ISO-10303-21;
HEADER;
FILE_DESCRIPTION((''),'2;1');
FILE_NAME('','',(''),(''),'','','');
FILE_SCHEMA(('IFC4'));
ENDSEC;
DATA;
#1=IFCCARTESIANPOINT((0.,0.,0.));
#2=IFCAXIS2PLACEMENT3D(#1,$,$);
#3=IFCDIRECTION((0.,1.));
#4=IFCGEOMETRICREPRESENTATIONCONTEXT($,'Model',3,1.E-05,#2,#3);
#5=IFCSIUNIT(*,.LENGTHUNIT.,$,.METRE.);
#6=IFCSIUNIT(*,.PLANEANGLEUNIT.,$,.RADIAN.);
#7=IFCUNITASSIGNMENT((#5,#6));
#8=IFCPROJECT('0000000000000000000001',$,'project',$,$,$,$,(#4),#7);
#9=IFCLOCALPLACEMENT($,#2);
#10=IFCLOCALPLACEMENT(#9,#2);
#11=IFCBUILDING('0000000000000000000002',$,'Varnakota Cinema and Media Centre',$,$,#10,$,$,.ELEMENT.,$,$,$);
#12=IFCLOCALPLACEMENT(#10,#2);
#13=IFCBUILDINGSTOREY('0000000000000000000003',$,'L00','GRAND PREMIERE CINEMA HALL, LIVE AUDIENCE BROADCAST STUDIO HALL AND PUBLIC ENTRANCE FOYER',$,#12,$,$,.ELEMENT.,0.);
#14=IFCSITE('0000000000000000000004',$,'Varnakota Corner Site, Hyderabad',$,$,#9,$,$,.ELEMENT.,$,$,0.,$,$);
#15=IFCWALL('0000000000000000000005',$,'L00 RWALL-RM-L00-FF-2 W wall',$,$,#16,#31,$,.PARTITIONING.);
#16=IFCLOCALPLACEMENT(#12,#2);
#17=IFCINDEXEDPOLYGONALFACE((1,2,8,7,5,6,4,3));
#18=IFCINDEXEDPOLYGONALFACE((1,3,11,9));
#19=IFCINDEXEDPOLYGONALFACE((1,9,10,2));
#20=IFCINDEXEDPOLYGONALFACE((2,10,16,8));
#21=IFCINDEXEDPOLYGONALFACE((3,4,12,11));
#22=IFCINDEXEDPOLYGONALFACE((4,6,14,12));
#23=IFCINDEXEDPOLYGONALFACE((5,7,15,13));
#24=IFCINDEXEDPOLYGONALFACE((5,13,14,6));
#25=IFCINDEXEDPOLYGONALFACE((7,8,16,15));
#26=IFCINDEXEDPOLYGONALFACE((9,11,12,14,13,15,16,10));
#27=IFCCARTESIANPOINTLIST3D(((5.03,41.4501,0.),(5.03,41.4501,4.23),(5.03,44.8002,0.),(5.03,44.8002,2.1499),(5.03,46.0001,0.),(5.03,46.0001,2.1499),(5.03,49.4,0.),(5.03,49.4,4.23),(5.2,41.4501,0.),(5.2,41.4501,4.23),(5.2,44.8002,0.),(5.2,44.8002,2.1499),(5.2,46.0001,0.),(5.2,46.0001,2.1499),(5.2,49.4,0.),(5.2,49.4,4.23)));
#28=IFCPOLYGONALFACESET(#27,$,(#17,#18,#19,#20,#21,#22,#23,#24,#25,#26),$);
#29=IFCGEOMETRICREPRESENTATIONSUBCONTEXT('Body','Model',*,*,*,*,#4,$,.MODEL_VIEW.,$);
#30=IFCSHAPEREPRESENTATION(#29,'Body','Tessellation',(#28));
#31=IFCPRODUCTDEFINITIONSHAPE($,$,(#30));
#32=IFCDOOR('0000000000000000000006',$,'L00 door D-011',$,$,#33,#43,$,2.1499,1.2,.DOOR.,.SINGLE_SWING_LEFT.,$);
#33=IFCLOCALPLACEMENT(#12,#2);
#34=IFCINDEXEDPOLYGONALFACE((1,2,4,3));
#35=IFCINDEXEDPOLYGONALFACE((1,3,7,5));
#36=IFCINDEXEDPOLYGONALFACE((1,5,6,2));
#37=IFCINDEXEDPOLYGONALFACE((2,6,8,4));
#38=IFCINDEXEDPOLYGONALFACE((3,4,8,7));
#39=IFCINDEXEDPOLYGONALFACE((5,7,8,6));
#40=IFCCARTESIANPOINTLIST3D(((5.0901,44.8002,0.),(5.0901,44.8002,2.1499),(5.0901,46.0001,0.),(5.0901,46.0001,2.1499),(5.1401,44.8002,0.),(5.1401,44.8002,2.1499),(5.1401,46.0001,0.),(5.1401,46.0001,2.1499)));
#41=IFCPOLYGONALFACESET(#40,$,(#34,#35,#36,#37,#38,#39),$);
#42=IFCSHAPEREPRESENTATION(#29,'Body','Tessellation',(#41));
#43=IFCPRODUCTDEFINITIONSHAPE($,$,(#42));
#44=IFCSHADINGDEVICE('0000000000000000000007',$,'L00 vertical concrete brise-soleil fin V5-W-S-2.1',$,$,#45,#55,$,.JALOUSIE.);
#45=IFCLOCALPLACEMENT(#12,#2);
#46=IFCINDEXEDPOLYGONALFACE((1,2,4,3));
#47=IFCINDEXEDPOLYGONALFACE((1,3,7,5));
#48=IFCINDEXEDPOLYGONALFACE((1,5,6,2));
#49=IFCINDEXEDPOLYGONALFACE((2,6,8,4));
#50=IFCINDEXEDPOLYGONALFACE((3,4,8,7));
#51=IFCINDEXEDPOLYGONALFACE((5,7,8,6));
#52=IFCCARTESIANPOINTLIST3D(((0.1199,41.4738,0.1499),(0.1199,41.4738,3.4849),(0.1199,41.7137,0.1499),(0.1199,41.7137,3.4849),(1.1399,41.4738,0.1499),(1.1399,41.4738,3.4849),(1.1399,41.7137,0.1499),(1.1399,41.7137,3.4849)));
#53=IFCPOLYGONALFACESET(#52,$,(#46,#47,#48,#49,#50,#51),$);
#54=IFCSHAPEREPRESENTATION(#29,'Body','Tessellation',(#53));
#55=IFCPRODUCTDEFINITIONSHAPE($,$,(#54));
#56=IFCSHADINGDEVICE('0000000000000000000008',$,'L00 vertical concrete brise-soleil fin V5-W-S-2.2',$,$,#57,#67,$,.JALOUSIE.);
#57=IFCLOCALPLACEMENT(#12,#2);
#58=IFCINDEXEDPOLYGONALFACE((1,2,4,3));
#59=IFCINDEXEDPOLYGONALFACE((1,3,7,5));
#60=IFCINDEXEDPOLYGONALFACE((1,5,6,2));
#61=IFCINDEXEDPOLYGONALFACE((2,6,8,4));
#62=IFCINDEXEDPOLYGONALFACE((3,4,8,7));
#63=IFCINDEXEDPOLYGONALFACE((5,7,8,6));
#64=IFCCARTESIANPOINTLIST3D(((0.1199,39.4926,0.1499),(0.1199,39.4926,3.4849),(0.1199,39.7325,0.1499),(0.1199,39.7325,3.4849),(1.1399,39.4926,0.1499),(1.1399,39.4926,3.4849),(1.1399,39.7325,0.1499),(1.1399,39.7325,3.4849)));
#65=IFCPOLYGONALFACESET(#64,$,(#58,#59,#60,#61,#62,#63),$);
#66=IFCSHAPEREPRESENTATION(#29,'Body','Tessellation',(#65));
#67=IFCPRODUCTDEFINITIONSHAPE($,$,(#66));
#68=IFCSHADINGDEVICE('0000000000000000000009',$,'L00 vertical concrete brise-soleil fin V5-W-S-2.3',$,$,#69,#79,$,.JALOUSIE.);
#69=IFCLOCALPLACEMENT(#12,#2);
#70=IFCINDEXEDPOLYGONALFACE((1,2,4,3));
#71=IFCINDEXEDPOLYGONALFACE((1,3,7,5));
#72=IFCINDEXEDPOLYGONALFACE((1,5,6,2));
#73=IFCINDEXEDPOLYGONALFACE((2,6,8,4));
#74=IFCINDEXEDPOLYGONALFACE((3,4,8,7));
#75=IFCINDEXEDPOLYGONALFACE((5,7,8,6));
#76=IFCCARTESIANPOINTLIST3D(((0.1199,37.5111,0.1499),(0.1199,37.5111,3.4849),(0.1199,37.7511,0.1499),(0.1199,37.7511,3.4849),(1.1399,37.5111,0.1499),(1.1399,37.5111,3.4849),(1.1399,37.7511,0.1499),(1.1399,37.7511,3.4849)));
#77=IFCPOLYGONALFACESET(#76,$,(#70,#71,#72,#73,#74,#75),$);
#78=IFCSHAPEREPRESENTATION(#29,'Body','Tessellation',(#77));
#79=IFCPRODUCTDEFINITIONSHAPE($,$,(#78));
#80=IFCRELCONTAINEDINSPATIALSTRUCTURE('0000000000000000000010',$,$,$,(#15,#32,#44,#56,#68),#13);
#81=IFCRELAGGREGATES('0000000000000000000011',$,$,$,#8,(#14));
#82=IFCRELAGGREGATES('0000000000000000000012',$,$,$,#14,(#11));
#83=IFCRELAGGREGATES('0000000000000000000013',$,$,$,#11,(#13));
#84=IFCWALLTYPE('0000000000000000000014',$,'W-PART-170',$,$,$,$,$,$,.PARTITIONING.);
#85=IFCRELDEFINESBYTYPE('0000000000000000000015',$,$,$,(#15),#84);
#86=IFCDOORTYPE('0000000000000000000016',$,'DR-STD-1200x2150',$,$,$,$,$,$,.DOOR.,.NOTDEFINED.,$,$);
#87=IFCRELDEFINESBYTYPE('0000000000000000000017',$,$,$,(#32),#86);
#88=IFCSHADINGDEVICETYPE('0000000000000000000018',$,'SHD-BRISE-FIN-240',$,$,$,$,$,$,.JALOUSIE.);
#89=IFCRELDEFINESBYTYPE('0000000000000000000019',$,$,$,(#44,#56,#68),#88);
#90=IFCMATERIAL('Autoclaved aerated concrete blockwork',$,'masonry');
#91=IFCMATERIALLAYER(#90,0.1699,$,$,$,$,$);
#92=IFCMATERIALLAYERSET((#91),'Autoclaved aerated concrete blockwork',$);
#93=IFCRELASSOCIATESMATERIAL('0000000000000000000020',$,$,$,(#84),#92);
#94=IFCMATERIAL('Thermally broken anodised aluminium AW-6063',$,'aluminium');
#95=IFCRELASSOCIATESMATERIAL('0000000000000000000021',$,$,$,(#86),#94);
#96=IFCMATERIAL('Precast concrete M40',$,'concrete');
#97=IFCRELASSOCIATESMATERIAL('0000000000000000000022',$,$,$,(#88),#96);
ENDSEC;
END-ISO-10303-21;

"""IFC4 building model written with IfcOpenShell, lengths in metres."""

from ifc_helpers import new_model, si_unit, direction, frame, frame_2d, origin, origin_2d, place, context, subcontext, project, spatial, rectangle, extrude, material, layer, layer_set, type_object, element, fill, save


model = new_model("IFC4")

# Units and contexts
model_context = context("Model", 3, precision=1e-05, world=origin(), true_north=direction((0.0, 1.0)))
body_context = subcontext(model_context, "Body", "Model", "MODEL_VIEW")
ifc_project = project(units=[si_unit("LENGTHUNIT", "METRE"), si_unit("PLANEANGLEUNIT", "RADIAN")], contexts=[model_context])

# Site, building, storey
site_placement = place(None, origin())
site = spatial("IfcSite", under=ifc_project, at=site_placement, Name="Varnakota Corner Site, Hyderabad", CompositionType="ELEMENT", RefElevation=0.0)
building_placement = place(site_placement, origin())
building = spatial("IfcBuilding", under=site, at=building_placement, Name="Varnakota Cinema and Media Centre", CompositionType="ELEMENT")
storey_placement = place(building_placement, origin())
storey = spatial("IfcBuildingStorey", under=building, at=storey_placement, Name="L00", Description="GRAND PREMIERE CINEMA HALL, LIVE AUDIENCE BROADCAST STUDIO HALL AND PUBLIC ENTRANCE FOYER", CompositionType="ELEMENT", Elevation=0.0)

# Wall, opening, door
ifc_material_1 = material(Name="Autoclaved aerated concrete blockwork", Category="masonry")
ifc_layer_1 = layer(ifc_material_1, 0.1699)
ifc_layer_set_1 = layer_set([ifc_layer_1], Name="Autoclaved aerated concrete blockwork")
wall_type_1 = type_object("IfcWallType", Name="W-PART-170", PredefinedType="PARTITIONING", material=ifc_layer_set_1)
wall_1_placement = place(storey_placement, frame((5.115, 41.45, 0.0), z_axis=(0.0, 0.0, 1.0), x_axis=(0.0, 1.0, 0.0)))
wall_1 = element("IfcWall", 1, at=wall_1_placement, inside=storey, type_object=wall_type_1, Name="L00 RWALL-RM-L00-FF-2 W wall", PredefinedType="PARTITIONING", context=body_context, shape_type="SweptSolid", body=[
    extrude(rectangle(XDim=7.95, YDim=0.1699, at=frame_2d((3.9751, 0.0))), origin(), (0.0, 0.0, 1.0), 4.23),
])
opening_1_placement = place(wall_1_placement, frame((3.3501, 0.0, 0.0)))
opening_1 = element("IfcOpeningElement", 2, at=opening_1_placement, cuts=wall_1, PredefinedType="OPENING", context=body_context, shape_type="SweptSolid", body=[
    extrude(rectangle(XDim=1.2, YDim=2.1499, at=frame_2d((0.6001, 1.075))), frame((0.0, 0.085, 0.0), z_axis=(0.0, -1.0, 0.0), x_axis=(1.0, 0.0, 0.0)), (0.0, 0.0, 1.0), 0.1699),
])
ifc_material_2 = material(Name="Thermally broken anodised aluminium AW-6063", Category="aluminium")
door_type_1 = type_object("IfcDoorType", Name="DR-STD-1200x2150", OperationType="NOTDEFINED", PredefinedType="DOOR", material=ifc_material_2)
door_1_placement = place(opening_1_placement, origin())
door_1 = element("IfcDoor", 3, at=door_1_placement, inside=storey, type_object=door_type_1, Name="L00 door D-011", OperationType="SINGLE_SWING_LEFT", OverallHeight=2.1499, OverallWidth=1.2, PredefinedType="DOOR", context=body_context, shape_type="SweptSolid", body=[
    extrude(rectangle(XDim=1.2, YDim=2.1499, at=frame_2d((0.6001, 1.075))), frame((0.0, 0.0249, 0.0), z_axis=(0.0, -1.0, 0.0), x_axis=(1.0, 0.0, 0.0)), (0.0, 0.0, 1.0), 0.05),
])
fill(opening_1, door_1)

# Shading devices
ifc_material_3 = material(Name="Precast concrete M40", Category="concrete")
shading_device_type = type_object("IfcShadingDeviceType", Name="SHD-BRISE-FIN-240", PredefinedType="JALOUSIE", material=ifc_material_3)
for number, where, z_axis, x_axis, name in (
    (4, (0.6299, 41.5938, 0.1499), (0.0, 0.0, 1.0), (0.0, -1.0, 0.0), "L00 vertical concrete brise-soleil fin V5-W-S-2.1"),
    (5, (0.6299, 39.6125, 0.1499), (0.0, 0.0, 1.0), (0.0, -1.0, 0.0), "L00 vertical concrete brise-soleil fin V5-W-S-2.2"),
    (6, (0.6299, 37.6311, 0.1499), (0.0, 0.0, 1.0), (0.0, -1.0, 0.0), "L00 vertical concrete brise-soleil fin V5-W-S-2.3"),
):
    element("IfcShadingDevice", number, at=place(storey_placement, frame(where, z_axis=z_axis, x_axis=x_axis)), inside=storey, type_object=shading_device_type, Name=name, PredefinedType="JALOUSIE", context=body_context, shape_type="SweptSolid", body=[
        extrude(rectangle(XDim=0.24, YDim=1.02, at=origin_2d()), origin(), (0.0, 0.0, 1.0), 3.335),
    ])

save(model, "model.ifc")
